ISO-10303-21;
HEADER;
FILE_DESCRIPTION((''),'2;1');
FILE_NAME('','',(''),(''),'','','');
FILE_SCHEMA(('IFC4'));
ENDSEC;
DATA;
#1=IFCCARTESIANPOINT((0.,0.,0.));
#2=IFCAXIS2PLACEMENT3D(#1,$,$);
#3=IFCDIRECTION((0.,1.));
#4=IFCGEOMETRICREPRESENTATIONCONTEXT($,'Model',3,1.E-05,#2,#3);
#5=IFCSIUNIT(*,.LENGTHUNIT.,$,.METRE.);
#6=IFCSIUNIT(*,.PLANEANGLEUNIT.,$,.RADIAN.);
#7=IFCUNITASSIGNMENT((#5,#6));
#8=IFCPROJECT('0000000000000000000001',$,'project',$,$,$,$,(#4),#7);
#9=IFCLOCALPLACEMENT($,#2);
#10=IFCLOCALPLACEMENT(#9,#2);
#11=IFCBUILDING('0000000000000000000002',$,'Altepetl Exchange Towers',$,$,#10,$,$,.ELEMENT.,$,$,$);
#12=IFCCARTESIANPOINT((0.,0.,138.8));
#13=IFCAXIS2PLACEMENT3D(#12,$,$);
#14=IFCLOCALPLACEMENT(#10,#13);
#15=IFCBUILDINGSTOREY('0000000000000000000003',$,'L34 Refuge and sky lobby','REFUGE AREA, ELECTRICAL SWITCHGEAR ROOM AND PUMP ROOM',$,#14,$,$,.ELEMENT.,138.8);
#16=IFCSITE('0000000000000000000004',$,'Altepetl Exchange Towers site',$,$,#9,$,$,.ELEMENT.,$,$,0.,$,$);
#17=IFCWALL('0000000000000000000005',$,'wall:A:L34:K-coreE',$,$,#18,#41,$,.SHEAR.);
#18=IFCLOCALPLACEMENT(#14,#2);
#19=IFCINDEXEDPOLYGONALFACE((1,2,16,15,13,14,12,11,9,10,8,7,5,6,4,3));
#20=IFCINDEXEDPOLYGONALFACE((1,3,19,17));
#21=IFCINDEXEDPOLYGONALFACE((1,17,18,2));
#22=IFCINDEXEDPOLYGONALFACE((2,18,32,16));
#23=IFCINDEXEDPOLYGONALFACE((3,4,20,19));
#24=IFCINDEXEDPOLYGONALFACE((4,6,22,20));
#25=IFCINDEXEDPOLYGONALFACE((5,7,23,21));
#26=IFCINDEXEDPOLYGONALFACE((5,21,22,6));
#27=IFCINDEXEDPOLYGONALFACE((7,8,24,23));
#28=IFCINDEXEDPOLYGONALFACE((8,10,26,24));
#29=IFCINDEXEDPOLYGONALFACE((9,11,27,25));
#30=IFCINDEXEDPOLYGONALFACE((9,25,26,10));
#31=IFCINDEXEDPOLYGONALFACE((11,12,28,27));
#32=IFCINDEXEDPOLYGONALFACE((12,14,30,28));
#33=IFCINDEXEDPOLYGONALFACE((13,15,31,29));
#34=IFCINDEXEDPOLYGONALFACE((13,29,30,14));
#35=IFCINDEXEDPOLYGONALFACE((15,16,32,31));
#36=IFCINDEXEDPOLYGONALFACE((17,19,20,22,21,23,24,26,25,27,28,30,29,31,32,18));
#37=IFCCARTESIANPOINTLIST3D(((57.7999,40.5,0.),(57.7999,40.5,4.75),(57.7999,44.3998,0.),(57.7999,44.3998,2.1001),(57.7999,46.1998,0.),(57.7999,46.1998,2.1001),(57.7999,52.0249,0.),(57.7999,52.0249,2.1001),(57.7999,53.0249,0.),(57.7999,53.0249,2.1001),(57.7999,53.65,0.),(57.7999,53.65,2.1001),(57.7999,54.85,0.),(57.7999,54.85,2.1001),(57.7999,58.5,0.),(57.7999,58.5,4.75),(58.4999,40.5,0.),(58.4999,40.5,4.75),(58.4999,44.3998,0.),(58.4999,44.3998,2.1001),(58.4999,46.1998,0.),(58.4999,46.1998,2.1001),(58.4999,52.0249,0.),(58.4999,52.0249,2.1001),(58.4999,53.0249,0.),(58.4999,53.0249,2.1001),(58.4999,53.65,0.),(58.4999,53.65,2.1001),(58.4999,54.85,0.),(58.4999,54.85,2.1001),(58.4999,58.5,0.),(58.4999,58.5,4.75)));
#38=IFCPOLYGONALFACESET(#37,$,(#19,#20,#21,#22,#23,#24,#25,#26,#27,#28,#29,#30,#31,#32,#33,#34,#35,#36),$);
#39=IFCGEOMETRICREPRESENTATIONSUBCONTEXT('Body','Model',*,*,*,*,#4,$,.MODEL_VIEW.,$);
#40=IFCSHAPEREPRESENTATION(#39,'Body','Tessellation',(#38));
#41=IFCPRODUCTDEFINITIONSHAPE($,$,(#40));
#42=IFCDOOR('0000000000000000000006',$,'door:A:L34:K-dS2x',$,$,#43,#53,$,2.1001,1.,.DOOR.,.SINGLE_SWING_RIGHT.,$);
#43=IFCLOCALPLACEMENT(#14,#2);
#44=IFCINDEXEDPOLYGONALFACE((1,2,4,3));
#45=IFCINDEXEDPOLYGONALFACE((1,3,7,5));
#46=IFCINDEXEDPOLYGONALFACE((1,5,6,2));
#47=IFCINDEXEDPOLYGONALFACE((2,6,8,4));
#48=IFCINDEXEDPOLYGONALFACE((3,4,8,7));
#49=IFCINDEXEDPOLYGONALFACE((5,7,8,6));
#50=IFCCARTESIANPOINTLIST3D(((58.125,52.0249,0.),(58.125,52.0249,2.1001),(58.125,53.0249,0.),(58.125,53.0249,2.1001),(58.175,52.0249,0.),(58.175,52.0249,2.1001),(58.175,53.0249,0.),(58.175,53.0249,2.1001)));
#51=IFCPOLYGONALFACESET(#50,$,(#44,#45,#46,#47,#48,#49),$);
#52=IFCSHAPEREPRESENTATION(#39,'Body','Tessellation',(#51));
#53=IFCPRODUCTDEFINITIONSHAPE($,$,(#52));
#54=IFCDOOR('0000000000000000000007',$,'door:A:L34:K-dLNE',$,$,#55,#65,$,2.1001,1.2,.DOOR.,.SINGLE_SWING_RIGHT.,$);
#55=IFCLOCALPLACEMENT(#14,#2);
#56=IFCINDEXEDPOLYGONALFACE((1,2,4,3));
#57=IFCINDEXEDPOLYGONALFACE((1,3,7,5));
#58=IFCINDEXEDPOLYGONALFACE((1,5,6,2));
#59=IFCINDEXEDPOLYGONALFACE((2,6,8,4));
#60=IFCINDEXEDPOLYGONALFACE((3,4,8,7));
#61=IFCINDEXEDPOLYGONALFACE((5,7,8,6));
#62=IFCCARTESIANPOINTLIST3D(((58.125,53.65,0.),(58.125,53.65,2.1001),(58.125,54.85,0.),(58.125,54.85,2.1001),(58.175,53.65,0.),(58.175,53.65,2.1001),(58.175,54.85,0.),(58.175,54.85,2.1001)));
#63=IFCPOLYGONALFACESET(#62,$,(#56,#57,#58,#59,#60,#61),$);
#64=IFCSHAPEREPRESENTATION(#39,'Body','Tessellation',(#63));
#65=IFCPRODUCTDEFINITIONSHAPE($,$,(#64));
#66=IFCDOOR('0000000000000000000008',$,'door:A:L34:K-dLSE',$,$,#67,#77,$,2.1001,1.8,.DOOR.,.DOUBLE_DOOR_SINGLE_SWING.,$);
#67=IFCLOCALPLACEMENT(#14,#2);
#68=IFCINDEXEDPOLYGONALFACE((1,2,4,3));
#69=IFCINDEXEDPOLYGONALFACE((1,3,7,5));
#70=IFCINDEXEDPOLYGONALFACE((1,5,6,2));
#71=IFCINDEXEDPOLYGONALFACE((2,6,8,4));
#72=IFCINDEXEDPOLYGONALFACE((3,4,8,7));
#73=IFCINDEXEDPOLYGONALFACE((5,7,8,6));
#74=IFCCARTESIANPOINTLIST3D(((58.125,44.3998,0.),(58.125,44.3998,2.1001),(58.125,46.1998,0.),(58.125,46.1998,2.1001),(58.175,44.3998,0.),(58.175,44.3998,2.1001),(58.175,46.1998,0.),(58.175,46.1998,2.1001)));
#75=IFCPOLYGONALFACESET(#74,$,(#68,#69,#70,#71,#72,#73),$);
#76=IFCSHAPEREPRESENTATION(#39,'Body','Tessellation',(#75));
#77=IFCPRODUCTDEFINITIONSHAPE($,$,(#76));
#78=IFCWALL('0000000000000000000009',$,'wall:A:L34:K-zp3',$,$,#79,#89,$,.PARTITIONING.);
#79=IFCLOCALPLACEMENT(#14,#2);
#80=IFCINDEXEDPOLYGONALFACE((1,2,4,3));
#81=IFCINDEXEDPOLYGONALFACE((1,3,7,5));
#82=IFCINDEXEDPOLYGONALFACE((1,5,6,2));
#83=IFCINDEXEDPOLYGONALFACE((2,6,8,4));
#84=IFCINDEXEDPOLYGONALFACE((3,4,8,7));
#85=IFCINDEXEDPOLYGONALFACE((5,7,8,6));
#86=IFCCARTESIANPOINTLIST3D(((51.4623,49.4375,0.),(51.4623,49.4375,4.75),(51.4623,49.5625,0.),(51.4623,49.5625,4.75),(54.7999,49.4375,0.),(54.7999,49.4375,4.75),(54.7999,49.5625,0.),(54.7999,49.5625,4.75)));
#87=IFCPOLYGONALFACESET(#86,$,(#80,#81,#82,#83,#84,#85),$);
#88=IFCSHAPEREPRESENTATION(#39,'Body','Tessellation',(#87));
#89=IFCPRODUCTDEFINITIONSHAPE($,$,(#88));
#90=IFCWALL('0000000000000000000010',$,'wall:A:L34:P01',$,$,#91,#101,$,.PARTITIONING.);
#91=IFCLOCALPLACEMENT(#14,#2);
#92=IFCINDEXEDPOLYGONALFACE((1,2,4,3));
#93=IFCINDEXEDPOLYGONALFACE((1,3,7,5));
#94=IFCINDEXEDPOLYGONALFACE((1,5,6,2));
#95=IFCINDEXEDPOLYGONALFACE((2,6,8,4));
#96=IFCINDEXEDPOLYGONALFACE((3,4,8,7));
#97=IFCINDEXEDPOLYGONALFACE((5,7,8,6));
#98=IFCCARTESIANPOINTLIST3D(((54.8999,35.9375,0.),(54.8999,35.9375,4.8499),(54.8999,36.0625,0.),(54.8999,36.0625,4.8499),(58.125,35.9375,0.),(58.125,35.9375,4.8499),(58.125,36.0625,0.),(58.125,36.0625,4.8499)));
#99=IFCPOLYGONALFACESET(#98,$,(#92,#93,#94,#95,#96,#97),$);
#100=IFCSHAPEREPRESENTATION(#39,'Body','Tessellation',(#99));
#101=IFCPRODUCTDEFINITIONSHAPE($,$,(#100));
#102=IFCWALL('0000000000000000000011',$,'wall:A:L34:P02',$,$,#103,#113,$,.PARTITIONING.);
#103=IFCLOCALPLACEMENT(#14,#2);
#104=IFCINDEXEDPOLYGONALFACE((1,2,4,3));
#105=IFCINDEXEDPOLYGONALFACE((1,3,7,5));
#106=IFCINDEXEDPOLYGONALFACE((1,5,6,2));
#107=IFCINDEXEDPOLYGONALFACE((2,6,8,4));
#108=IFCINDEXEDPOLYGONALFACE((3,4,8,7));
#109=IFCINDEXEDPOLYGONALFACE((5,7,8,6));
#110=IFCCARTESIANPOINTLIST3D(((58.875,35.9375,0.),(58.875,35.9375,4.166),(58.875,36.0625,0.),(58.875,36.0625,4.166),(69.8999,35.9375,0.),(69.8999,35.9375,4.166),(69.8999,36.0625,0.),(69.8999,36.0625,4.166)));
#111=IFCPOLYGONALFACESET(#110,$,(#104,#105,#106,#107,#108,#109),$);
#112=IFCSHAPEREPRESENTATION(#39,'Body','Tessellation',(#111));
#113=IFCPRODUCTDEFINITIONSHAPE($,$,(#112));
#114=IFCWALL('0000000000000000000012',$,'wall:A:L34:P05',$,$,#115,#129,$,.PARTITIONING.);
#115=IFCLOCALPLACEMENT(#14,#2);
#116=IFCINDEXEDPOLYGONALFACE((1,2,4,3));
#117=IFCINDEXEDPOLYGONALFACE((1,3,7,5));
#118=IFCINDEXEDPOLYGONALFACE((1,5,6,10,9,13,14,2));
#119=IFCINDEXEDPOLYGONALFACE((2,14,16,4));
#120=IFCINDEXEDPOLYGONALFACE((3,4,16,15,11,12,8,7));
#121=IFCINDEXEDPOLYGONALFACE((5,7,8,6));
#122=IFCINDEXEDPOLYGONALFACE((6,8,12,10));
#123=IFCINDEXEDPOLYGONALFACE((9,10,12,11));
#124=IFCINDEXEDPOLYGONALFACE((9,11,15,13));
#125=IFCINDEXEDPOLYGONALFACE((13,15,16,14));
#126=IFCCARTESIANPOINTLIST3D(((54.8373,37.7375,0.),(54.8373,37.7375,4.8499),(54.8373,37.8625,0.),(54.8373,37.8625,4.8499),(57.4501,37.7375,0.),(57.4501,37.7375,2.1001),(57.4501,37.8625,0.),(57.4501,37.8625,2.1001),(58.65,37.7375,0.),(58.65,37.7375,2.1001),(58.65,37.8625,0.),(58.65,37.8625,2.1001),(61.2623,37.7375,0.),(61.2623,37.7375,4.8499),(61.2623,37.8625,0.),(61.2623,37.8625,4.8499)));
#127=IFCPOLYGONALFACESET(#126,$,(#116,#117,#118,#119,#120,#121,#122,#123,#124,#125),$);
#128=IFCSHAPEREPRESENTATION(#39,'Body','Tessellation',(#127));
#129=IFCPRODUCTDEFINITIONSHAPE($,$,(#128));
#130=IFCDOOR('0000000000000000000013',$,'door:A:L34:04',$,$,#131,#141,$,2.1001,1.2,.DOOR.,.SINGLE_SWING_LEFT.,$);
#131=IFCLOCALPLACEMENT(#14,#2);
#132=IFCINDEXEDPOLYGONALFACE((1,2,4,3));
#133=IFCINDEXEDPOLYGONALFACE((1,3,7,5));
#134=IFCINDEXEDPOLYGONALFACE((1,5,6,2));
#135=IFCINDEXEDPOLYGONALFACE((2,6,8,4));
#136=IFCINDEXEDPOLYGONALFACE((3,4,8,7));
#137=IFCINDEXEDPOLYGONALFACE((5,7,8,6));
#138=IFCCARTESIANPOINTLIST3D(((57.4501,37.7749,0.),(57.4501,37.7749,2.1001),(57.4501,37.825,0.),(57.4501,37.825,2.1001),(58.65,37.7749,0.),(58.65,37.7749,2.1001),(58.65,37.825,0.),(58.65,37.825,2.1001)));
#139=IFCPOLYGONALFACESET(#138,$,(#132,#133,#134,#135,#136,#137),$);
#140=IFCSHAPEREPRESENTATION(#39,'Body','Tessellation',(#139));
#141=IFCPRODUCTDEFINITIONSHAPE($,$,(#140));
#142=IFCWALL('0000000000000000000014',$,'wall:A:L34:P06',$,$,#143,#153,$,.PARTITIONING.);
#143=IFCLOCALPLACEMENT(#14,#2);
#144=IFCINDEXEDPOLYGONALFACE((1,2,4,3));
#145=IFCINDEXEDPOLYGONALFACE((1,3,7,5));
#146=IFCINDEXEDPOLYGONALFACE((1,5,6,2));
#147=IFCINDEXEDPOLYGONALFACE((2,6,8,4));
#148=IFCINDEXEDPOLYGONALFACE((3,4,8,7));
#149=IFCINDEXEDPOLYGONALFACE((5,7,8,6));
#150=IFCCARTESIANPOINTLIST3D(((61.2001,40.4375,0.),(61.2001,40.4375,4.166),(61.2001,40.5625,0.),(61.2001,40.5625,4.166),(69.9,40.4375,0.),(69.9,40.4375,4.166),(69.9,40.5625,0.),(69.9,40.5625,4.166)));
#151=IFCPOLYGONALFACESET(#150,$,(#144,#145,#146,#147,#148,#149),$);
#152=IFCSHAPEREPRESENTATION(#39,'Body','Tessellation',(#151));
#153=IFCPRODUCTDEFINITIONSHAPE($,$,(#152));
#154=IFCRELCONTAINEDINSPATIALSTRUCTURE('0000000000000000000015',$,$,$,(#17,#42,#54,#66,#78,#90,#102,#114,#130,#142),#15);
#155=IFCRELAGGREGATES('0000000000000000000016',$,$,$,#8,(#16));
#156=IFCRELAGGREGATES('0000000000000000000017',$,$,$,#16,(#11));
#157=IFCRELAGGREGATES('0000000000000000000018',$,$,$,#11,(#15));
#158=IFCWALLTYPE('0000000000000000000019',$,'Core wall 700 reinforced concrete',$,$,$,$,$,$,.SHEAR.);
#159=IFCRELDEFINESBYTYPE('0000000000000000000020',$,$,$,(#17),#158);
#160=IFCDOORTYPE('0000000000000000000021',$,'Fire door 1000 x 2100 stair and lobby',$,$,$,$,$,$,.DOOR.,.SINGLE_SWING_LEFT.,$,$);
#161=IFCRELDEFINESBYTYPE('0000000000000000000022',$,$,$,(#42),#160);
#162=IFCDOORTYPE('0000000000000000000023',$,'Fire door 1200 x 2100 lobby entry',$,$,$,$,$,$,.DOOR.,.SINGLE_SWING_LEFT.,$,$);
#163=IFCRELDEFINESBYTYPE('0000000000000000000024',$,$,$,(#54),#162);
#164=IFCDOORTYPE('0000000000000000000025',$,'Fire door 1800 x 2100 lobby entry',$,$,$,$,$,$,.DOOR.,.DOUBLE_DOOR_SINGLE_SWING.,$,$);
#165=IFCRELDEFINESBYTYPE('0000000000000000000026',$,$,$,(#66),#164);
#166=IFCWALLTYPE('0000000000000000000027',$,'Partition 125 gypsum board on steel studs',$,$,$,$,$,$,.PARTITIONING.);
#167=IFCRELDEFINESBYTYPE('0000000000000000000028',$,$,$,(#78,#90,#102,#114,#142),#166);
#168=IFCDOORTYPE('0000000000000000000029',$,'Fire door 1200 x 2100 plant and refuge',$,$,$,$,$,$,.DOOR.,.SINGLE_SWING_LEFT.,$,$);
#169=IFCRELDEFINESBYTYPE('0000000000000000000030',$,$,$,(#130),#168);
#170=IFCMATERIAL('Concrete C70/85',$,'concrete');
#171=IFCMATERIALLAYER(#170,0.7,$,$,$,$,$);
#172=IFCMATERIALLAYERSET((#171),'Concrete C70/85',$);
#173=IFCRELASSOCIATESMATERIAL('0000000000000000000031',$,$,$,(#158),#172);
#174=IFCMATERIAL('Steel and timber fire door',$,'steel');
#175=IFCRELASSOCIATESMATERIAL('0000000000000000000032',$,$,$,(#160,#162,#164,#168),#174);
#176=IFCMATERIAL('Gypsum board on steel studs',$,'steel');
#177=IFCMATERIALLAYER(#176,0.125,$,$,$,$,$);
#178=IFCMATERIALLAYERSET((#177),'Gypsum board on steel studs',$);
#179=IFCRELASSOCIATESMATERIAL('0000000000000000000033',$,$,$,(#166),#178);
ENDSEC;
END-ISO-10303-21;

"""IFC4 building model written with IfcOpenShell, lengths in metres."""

from ifc_helpers import new_model, si_unit, direction, frame, frame_2d, origin, place, context, subcontext, project, spatial, rectangle, extrude, material, layer, layer_set, type_object, element, fill, save


model = new_model("IFC4")

# Units and contexts
model_context = context("Model", 3, precision=1e-05, world=origin(), true_north=direction((0.0, 1.0)))
body_context = subcontext(model_context, "Body", "Model", "MODEL_VIEW")
ifc_project = project(units=[si_unit("LENGTHUNIT", "METRE"), si_unit("PLANEANGLEUNIT", "RADIAN")], contexts=[model_context])

# Site, building, storey
site_placement = place(None, origin())
site = spatial("IfcSite", under=ifc_project, at=site_placement, Name="Altepetl Exchange Towers site", CompositionType="ELEMENT", RefElevation=0.0)
building_placement = place(site_placement, origin())
building = spatial("IfcBuilding", under=site, at=building_placement, Name="Altepetl Exchange Towers", CompositionType="ELEMENT")
storey_placement = place(building_placement, frame((0.0, 0.0, 138.8)))
storey = spatial("IfcBuildingStorey", under=building, at=storey_placement, Name="L34 Refuge and sky lobby", Description="REFUGE AREA, ELECTRICAL SWITCHGEAR ROOM AND PUMP ROOM", CompositionType="ELEMENT", Elevation=138.8)

# Shared definitions
ifc_material_1 = material(Name="Concrete C70/85", Category="concrete")

# Wall, openings, doors
ifc_layer_1 = layer(ifc_material_1, 0.7)
ifc_layer_set_1 = layer_set([ifc_layer_1], Name="Concrete C70/85")
wall_type_1 = type_object("IfcWallType", Name="Core wall 700 reinforced concrete", PredefinedType="SHEAR", material=ifc_layer_set_1)
wall_1_placement = place(storey_placement, frame((58.1499, 40.5, 0.0), z_axis=(0.0, 0.0, 1.0), x_axis=(0.0, 1.0, 0.0)))
wall_1 = element("IfcWall", 1, at=wall_1_placement, inside=storey, type_object=wall_type_1, Name="wall:A:L34:K-coreE", PredefinedType="SHEAR", context=body_context, shape_type="SweptSolid", body=[
    extrude(rectangle(XDim=18.0, YDim=0.7, at=frame_2d((9.0, 0.0))), origin(), (0.0, 0.0, 1.0), 4.75),
])
opening_1_placement = place(wall_1_placement, frame((13.1499, 0.0, 0.0)))
opening_1 = element("IfcOpeningElement", 2, at=opening_1_placement, cuts=wall_1, PredefinedType="OPENING", context=body_context, shape_type="SweptSolid", body=[
    extrude(rectangle(XDim=1.2, YDim=2.1001, at=frame_2d((0.6001, 1.05))), frame((0.0, 0.3599, 0.0), z_axis=(0.0, -1.0, 0.0), x_axis=(1.0, 0.0, 0.0)), (0.0, 0.0, 1.0), 0.72),
])
opening_2_placement = place(wall_1_placement, frame((3.8999, 0.0, 0.0)))
opening_2 = element("IfcOpeningElement", 3, at=opening_2_placement, cuts=wall_1, PredefinedType="OPENING", context=body_context, shape_type="SweptSolid", body=[
    extrude(rectangle(XDim=1.8, YDim=2.1001, at=frame_2d((0.8999, 1.05))), frame((0.0, 0.3599, 0.0), z_axis=(0.0, -1.0, 0.0), x_axis=(1.0, 0.0, 0.0)), (0.0, 0.0, 1.0), 0.72),
])
opening_3_placement = place(wall_1_placement, frame((11.5249, 0.0, 0.0)))
opening_3 = element("IfcOpeningElement", 4, at=opening_3_placement, cuts=wall_1, PredefinedType="OPENING", context=body_context, shape_type="SweptSolid", body=[
    extrude(rectangle(XDim=1.0, YDim=2.1001, at=frame_2d((0.5, 1.05))), frame((0.0, 0.3599, 0.0), z_axis=(0.0, -1.0, 0.0), x_axis=(1.0, 0.0, 0.0)), (0.0, 0.0, 1.0), 0.72),
])
ifc_material_2 = material(Name="Steel and timber fire door", Category="steel")
door_type_1 = type_object("IfcDoorType", Name="Fire door 1000 x 2100 stair and lobby", OperationType="SINGLE_SWING_LEFT", PredefinedType="DOOR", material=ifc_material_2)
door_1_placement = place(opening_3_placement, origin())
door_1 = element("IfcDoor", 5, at=door_1_placement, inside=storey, type_object=door_type_1, Name="door:A:L34:K-dS2x", OperationType="SINGLE_SWING_RIGHT", OverallHeight=2.1001, OverallWidth=1.0, PredefinedType="DOOR", context=body_context, shape_type="SweptSolid", body=[
    extrude(rectangle(XDim=1.0, YDim=2.1001, at=frame_2d((0.5, 1.05))), frame((0.0, 0.0249, 0.0), z_axis=(0.0, -1.0, 0.0), x_axis=(1.0, 0.0, 0.0)), (0.0, 0.0, 1.0), 0.05),
])
fill(opening_3, door_1)
door_type_2 = type_object("IfcDoorType", Name="Fire door 1200 x 2100 lobby entry", OperationType="SINGLE_SWING_LEFT", PredefinedType="DOOR", material=ifc_material_2)
door_2_placement = place(opening_1_placement, origin())
door_2 = element("IfcDoor", 6, at=door_2_placement, inside=storey, type_object=door_type_2, Name="door:A:L34:K-dLNE", OperationType="SINGLE_SWING_RIGHT", OverallHeight=2.1001, OverallWidth=1.2, PredefinedType="DOOR", context=body_context, shape_type="SweptSolid", body=[
    extrude(rectangle(XDim=1.2, YDim=2.1001, at=frame_2d((0.6001, 1.05))), frame((0.0, 0.0249, 0.0), z_axis=(0.0, -1.0, 0.0), x_axis=(1.0, 0.0, 0.0)), (0.0, 0.0, 1.0), 0.05),
])
fill(opening_1, door_2)
door_type_3 = type_object("IfcDoorType", Name="Fire door 1800 x 2100 lobby entry", OperationType="DOUBLE_DOOR_SINGLE_SWING", PredefinedType="DOOR", material=ifc_material_2)
door_3_placement = place(opening_2_placement, origin())
door_3 = element("IfcDoor", 7, at=door_3_placement, inside=storey, type_object=door_type_3, Name="door:A:L34:K-dLSE", OperationType="DOUBLE_DOOR_SINGLE_SWING", OverallHeight=2.1001, OverallWidth=1.8, PredefinedType="DOOR", context=body_context, shape_type="SweptSolid", body=[
    extrude(rectangle(XDim=1.8, YDim=2.1001, at=frame_2d((0.8999, 1.05))), frame((0.0, 0.0249, 0.0), z_axis=(0.0, -1.0, 0.0), x_axis=(1.0, 0.0, 0.0)), (0.0, 0.0, 1.0), 0.05),
])
fill(opening_2, door_3)

# Walls
ifc_material_3 = material(Name="Gypsum board on steel studs", Category="steel")
ifc_layer_2 = layer(ifc_material_3, 0.125)
ifc_layer_set_2 = layer_set([ifc_layer_2], Name="Gypsum board on steel studs")
wall_type_2 = type_object("IfcWallType", Name="Partition 125 gypsum board on steel studs", PredefinedType="PARTITIONING", material=ifc_layer_set_2)
wall_2_placement = place(storey_placement, frame((54.8, 49.5, 0.0), z_axis=(0.0, 0.0, 1.0), x_axis=(-1.0, 0.0, 0.0)))
element("IfcWall", 8, at=wall_2_placement, inside=storey, type_object=wall_type_2, Name="wall:A:L34:K-zp3", PredefinedType="PARTITIONING", context=body_context, shape_type="SweptSolid", body=[
    extrude(rectangle(XDim=3.3376, YDim=0.125, at=frame_2d((1.6689, 0.0))), origin(), (0.0, 0.0, 1.0), 4.75),
])
wall_3_placement = place(storey_placement, frame((54.8999, 36.0, 0.0)))
element("IfcWall", 9, at=wall_3_placement, inside=storey, type_object=wall_type_2, Name="wall:A:L34:P01", PredefinedType="PARTITIONING", context=body_context, shape_type="SweptSolid", body=[
    extrude(rectangle(XDim=3.2251, YDim=0.125, at=frame_2d((1.6125, 0.0))), origin(), (0.0, 0.0, 1.0), 4.8499),
])
wall_4_placement = place(storey_placement, frame((58.875, 36.0, 0.0)))
element("IfcWall", 10, at=wall_4_placement, inside=storey, type_object=wall_type_2, Name="wall:A:L34:P02", PredefinedType="PARTITIONING", context=body_context, shape_type="SweptSolid", body=[
    extrude(rectangle(XDim=11.0249, YDim=0.125, at=frame_2d((5.5125, 0.0))), origin(), (0.0, 0.0, 1.0), 4.166),
])

# Wall, opening, door
wall_5_placement = place(storey_placement, frame((54.8374, 37.8, 0.0)))
wall_5 = element("IfcWall", 11, at=wall_5_placement, inside=storey, type_object=wall_type_2, Name="wall:A:L34:P05", PredefinedType="PARTITIONING", context=body_context, shape_type="SweptSolid", body=[
    extrude(rectangle(XDim=6.425, YDim=0.125, at=frame_2d((3.2124, 0.0))), origin(), (0.0, 0.0, 1.0), 4.8499),
])
opening_4_placement = place(wall_5_placement, frame((2.6125, 0.0, 0.0)))
opening_4 = element("IfcOpeningElement", 12, at=opening_4_placement, cuts=wall_5, PredefinedType="OPENING", context=body_context, shape_type="SweptSolid", body=[
    extrude(rectangle(XDim=1.2, YDim=2.1001, at=frame_2d((0.6001, 1.05))), frame((0.0, 0.0725, 0.0), z_axis=(0.0, -1.0, 0.0), x_axis=(1.0, 0.0, 0.0)), (0.0, 0.0, 1.0), 0.145),
])
door_type_4 = type_object("IfcDoorType", Name="Fire door 1200 x 2100 plant and refuge", OperationType="SINGLE_SWING_LEFT", PredefinedType="DOOR", material=ifc_material_2)
door_4_placement = place(opening_4_placement, origin())
door_4 = element("IfcDoor", 13, at=door_4_placement, inside=storey, type_object=door_type_4, Name="door:A:L34:04", OperationType="SINGLE_SWING_LEFT", OverallHeight=2.1001, OverallWidth=1.2, PredefinedType="DOOR", context=body_context, shape_type="SweptSolid", body=[
    extrude(rectangle(XDim=1.2, YDim=2.1001, at=frame_2d((0.6001, 1.05))), frame((0.0, 0.0249, 0.0), z_axis=(0.0, -1.0, 0.0), x_axis=(1.0, 0.0, 0.0)), (0.0, 0.0, 1.0), 0.05),
])
fill(opening_4, door_4)

# Wall
wall_6_placement = place(storey_placement, frame((61.2, 40.5, 0.0)))
element("IfcWall", 14, at=wall_6_placement, inside=storey, type_object=wall_type_2, Name="wall:A:L34:P06", PredefinedType="PARTITIONING", context=body_context, shape_type="SweptSolid", body=[
    extrude(rectangle(XDim=8.7, YDim=0.125, at=frame_2d((4.3501, 0.0))), origin(), (0.0, 0.0, 1.0), 4.166),
])

save(model, "model.ifc")
